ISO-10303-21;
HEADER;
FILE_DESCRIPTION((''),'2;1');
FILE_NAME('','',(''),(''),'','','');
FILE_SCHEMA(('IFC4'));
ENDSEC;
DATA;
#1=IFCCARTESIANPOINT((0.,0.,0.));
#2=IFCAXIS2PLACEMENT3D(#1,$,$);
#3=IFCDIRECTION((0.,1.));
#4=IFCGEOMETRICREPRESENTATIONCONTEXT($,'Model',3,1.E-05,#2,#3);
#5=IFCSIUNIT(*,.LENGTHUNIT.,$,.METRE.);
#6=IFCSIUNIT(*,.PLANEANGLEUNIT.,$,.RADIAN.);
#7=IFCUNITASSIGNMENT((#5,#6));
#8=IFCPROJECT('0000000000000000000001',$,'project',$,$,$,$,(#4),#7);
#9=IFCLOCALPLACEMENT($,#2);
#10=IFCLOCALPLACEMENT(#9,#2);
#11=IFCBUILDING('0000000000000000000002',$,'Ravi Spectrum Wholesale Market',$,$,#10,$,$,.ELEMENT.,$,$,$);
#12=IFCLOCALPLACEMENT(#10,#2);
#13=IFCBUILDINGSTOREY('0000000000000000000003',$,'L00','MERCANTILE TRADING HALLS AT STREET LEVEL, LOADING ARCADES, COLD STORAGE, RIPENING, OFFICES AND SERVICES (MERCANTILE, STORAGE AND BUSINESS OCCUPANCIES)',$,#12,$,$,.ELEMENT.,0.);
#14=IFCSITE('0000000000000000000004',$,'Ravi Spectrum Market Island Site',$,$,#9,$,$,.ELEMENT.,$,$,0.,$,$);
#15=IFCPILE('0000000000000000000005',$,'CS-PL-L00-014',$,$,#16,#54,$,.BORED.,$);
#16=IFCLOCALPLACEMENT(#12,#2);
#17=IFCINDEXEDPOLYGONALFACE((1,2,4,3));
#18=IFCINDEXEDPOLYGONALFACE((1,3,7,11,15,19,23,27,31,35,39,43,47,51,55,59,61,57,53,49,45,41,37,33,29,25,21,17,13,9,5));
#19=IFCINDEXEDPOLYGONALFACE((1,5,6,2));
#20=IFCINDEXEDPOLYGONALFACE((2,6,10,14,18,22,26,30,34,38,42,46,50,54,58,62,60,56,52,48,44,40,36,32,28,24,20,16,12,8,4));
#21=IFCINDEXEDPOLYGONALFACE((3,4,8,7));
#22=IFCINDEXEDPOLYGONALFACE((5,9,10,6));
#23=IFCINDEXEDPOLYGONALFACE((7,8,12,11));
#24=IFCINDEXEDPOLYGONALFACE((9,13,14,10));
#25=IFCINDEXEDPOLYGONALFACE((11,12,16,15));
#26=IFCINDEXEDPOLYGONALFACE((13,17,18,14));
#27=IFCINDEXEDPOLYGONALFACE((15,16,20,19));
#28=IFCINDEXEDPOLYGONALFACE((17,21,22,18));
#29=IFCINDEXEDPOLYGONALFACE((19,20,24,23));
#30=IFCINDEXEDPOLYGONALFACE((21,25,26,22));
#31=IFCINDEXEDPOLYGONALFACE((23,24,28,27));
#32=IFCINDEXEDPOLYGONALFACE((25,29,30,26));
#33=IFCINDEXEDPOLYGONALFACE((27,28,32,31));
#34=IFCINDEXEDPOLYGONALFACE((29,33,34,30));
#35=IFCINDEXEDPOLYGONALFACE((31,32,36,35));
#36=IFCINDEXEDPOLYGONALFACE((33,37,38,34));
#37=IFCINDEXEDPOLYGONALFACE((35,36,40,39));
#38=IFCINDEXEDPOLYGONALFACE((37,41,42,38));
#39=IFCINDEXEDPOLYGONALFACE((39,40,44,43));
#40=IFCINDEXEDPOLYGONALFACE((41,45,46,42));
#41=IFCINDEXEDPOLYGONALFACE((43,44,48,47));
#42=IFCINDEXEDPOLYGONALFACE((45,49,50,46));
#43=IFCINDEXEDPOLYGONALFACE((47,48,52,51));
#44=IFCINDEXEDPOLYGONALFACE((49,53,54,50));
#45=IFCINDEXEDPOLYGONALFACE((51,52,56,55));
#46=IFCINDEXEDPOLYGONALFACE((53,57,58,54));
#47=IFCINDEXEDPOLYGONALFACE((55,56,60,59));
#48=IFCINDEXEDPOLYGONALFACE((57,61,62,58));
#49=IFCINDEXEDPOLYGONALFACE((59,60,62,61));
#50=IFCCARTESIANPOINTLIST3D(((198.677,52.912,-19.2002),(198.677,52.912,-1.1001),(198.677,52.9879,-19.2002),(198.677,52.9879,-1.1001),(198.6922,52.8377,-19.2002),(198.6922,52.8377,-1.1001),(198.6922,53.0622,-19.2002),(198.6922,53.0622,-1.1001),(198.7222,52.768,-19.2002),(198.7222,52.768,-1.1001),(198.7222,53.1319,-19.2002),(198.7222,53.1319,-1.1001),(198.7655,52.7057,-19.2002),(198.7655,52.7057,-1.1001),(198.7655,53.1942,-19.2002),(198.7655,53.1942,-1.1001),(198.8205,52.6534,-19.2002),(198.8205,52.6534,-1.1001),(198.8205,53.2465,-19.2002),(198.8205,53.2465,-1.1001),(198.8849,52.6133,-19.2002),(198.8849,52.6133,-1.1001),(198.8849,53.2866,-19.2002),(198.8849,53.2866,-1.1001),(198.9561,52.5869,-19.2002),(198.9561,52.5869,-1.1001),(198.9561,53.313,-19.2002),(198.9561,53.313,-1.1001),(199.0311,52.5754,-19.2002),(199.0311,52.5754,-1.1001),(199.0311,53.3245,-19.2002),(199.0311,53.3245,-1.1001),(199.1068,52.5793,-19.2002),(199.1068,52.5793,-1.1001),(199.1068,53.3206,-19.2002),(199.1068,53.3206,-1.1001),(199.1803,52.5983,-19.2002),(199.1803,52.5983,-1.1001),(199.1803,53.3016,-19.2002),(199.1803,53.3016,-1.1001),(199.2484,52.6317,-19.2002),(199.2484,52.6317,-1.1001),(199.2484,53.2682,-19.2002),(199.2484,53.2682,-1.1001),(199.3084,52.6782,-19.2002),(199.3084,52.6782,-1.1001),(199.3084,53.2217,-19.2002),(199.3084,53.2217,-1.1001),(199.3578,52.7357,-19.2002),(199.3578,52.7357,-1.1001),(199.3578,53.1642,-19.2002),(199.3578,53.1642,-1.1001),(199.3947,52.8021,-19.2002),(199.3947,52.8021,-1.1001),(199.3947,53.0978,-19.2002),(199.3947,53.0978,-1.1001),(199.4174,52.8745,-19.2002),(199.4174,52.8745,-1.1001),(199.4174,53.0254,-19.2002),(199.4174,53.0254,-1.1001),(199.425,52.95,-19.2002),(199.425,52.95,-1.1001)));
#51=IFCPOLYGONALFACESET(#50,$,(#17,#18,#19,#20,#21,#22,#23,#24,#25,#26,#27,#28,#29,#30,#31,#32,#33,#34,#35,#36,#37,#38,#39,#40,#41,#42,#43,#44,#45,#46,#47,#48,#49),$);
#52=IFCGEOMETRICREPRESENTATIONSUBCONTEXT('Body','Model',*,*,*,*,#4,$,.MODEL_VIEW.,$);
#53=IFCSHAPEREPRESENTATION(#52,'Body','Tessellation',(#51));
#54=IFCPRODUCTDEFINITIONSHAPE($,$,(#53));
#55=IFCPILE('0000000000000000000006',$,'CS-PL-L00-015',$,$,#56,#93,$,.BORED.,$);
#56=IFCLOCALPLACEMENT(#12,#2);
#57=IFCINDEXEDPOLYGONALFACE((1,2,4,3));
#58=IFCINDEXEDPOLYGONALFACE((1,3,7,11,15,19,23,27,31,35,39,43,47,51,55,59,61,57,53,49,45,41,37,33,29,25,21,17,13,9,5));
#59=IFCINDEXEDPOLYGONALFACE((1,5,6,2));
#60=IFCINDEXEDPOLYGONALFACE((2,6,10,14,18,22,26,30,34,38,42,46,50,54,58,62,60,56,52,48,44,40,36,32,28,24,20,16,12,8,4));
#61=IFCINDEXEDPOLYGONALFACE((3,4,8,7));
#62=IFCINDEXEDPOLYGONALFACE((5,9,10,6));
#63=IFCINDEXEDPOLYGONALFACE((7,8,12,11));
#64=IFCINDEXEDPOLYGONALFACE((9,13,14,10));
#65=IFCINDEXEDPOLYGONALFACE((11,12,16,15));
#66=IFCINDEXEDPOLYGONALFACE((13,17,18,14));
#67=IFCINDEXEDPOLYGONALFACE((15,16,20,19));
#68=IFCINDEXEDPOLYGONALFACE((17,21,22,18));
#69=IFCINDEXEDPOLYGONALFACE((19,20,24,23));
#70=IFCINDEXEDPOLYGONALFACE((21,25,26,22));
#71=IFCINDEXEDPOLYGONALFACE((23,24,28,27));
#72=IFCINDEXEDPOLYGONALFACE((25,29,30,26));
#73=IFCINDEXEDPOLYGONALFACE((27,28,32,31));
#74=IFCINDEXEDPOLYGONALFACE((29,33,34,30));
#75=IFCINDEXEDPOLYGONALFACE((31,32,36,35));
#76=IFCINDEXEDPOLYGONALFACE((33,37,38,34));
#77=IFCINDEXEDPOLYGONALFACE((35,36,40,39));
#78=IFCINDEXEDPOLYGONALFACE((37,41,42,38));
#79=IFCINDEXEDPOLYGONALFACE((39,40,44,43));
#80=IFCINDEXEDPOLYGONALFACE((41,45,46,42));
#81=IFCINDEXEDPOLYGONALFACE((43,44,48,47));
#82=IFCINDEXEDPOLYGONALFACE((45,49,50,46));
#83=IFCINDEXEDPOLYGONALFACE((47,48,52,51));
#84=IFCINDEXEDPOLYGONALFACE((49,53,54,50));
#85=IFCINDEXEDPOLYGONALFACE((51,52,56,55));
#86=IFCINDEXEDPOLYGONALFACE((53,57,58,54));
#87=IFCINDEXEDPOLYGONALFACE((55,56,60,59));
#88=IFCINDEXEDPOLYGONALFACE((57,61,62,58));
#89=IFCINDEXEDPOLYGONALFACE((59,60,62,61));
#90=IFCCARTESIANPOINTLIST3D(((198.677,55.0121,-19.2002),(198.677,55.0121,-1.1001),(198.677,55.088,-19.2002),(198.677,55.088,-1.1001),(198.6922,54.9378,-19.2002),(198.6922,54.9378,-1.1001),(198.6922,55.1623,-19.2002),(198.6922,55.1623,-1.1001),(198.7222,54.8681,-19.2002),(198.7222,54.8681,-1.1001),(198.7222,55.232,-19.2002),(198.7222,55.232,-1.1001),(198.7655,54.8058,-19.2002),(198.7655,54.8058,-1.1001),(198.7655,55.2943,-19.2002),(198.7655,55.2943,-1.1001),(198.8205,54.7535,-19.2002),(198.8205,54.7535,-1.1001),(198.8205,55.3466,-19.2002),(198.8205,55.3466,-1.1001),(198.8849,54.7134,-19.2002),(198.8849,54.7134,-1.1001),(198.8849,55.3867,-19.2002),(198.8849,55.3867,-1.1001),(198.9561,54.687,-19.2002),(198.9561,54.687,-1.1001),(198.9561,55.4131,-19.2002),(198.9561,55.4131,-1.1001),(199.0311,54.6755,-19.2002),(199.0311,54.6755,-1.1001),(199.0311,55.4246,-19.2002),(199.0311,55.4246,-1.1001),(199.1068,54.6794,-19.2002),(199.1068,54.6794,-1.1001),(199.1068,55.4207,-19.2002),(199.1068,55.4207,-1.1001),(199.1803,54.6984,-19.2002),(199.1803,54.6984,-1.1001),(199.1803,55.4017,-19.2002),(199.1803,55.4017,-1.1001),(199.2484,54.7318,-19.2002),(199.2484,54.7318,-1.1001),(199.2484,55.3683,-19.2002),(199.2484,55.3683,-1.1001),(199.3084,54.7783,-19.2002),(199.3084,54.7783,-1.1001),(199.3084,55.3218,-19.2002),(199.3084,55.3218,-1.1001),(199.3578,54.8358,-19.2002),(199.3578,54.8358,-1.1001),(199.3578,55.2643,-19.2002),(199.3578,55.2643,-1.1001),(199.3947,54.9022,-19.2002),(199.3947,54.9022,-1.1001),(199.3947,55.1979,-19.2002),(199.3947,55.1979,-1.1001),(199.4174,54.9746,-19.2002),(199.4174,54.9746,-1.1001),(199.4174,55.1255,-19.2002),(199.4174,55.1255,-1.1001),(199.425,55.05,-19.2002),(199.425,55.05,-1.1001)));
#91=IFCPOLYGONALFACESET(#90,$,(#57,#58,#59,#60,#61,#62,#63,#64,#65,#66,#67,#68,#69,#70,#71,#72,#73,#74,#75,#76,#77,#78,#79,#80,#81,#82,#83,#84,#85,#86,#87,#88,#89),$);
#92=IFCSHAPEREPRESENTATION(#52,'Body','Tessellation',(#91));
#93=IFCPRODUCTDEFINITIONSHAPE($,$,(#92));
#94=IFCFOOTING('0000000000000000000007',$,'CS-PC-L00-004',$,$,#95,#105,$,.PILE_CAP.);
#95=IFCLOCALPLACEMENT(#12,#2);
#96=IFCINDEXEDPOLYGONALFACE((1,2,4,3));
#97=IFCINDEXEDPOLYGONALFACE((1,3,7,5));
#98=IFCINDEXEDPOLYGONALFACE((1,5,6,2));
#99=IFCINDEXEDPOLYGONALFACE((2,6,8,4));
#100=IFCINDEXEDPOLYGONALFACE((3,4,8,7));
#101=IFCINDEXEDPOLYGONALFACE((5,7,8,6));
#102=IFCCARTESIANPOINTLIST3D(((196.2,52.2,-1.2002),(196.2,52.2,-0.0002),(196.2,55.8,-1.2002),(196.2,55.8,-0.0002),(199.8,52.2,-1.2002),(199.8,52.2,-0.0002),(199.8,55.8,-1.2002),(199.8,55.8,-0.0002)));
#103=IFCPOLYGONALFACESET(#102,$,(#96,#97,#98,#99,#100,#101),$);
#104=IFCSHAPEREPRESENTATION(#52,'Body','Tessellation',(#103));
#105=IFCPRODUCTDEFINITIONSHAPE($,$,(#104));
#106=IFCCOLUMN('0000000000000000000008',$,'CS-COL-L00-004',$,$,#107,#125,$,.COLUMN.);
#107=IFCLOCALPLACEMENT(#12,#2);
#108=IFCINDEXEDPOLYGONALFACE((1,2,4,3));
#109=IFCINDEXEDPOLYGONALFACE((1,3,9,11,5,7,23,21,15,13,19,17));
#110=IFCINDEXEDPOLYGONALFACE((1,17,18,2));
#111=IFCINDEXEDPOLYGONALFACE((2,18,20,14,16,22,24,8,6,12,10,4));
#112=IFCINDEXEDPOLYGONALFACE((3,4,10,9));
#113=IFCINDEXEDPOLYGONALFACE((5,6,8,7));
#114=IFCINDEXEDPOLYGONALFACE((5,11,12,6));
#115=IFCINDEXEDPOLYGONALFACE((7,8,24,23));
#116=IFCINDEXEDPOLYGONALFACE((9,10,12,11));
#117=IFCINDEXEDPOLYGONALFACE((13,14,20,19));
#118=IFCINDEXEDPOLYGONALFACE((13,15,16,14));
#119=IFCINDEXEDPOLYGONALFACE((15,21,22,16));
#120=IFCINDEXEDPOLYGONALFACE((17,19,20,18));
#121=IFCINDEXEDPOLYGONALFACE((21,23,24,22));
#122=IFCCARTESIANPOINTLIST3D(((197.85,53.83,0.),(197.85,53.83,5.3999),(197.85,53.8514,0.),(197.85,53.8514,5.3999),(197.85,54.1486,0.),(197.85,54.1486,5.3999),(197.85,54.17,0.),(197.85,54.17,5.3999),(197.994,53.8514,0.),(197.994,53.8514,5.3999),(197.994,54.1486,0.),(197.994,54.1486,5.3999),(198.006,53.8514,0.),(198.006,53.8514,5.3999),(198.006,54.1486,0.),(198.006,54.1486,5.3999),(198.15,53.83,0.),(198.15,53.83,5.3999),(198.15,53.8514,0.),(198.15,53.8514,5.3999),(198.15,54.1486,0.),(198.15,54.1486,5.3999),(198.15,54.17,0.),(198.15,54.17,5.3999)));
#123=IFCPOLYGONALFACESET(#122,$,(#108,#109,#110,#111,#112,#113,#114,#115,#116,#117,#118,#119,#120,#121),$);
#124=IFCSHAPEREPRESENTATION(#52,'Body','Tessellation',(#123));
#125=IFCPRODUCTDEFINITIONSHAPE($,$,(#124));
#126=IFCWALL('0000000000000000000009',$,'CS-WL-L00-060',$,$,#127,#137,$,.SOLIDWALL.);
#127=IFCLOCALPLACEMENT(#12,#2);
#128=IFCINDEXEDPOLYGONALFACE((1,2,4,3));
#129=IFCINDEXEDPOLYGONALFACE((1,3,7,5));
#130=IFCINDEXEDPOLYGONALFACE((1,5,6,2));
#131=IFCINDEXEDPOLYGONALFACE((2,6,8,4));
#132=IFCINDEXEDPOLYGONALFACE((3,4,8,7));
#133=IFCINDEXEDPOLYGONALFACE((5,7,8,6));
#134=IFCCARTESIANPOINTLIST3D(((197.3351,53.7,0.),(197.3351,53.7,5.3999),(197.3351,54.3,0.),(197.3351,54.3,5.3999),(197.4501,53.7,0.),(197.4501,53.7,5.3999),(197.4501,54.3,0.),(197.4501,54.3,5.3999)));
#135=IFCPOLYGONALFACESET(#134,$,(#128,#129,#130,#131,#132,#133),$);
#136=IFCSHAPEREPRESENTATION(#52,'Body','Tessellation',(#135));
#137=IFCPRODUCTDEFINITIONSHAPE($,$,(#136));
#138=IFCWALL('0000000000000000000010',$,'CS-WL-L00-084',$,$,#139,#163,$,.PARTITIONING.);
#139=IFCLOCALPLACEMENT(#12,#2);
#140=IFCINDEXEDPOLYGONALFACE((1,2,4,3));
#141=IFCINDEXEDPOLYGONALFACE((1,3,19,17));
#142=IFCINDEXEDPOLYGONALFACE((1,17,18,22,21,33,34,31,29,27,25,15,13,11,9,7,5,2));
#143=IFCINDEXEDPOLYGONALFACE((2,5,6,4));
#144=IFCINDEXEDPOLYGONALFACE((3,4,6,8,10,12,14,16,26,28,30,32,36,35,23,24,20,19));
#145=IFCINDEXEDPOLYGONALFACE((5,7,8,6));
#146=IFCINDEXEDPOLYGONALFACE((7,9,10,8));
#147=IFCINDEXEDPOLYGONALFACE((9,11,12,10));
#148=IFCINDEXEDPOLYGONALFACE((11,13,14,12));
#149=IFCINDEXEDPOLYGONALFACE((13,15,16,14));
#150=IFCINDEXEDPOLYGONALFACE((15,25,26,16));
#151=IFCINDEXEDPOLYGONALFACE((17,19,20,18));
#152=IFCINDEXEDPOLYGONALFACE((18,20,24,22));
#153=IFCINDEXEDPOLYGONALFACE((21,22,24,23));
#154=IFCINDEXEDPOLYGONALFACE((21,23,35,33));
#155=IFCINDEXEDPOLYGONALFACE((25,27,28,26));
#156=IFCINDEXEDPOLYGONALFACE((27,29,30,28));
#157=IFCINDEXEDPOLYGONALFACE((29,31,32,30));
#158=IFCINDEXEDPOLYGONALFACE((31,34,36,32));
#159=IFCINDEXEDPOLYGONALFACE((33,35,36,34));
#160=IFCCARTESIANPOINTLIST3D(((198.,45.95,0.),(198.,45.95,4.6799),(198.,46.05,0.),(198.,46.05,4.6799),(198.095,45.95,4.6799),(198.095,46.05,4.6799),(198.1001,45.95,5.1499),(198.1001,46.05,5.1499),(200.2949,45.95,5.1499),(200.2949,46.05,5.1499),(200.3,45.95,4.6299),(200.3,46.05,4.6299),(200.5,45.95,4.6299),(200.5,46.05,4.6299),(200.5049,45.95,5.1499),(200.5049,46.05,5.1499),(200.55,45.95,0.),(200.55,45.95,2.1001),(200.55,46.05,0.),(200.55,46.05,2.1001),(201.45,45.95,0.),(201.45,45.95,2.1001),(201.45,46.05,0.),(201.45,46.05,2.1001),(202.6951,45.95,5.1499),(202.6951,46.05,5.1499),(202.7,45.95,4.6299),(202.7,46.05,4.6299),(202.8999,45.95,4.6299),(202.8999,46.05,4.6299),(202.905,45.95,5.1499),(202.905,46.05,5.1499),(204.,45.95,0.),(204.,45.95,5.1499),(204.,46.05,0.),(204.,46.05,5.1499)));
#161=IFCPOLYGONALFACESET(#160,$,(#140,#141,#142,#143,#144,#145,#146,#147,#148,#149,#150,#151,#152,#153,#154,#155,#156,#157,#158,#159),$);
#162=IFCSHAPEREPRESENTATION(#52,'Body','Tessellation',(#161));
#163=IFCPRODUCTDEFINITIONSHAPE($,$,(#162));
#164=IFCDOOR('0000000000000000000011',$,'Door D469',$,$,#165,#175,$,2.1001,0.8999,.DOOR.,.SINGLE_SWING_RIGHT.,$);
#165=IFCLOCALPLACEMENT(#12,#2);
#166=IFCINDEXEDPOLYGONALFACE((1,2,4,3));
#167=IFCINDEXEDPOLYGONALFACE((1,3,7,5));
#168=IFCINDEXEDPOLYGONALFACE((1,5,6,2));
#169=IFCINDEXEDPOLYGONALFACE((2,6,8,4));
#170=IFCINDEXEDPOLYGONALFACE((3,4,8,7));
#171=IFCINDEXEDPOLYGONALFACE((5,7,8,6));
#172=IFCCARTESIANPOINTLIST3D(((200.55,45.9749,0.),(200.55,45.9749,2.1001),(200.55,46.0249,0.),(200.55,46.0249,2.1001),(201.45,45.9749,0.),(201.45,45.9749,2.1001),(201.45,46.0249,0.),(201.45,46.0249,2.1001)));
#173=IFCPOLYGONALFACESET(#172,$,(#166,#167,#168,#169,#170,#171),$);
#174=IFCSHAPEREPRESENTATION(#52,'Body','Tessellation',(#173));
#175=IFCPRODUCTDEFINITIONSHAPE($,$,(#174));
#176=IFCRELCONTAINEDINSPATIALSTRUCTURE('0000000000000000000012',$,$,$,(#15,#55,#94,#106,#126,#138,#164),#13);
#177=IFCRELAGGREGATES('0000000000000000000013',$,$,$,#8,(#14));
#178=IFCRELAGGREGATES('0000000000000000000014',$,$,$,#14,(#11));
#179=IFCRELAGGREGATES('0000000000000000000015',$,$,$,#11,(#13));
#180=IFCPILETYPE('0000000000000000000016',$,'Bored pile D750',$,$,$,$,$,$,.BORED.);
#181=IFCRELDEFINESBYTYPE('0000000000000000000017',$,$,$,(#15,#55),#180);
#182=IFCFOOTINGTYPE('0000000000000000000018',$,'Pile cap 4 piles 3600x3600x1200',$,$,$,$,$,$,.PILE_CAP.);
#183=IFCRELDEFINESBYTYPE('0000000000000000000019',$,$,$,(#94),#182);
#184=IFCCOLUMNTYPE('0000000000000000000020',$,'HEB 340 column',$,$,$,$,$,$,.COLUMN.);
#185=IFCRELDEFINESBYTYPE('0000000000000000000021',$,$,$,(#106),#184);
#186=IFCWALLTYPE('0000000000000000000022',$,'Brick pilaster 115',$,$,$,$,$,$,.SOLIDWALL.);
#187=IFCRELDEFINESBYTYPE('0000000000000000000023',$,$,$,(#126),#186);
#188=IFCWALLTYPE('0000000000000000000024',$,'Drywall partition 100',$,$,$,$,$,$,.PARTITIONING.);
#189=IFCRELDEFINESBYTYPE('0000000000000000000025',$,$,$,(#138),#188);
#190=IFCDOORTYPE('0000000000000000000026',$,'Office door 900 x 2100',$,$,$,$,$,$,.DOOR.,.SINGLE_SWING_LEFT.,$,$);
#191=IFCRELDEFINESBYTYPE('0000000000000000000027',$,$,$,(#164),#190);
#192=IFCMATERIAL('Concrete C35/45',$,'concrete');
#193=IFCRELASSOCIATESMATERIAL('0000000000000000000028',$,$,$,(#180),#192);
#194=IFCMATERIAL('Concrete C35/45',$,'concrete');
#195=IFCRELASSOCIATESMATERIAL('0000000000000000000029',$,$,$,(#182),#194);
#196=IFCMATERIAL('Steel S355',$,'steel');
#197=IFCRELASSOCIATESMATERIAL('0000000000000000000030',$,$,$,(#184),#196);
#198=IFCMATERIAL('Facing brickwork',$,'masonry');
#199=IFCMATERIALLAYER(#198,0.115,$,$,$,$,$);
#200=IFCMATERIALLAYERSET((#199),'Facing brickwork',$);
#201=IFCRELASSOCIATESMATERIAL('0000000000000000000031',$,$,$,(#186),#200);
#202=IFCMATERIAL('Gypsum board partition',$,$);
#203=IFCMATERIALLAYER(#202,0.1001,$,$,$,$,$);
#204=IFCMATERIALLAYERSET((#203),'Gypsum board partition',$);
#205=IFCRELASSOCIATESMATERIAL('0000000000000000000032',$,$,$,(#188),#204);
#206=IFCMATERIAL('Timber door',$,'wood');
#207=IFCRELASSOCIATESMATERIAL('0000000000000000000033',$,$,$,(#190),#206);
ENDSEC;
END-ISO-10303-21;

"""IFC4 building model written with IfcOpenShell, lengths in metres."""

from ifc_helpers import new_model, si_unit, direction, frame, frame_2d, origin, origin_2d, place, context, subcontext, project, spatial, polyline, rectangle, circle, i_section, outline, extrude, material, layer, layer_set, material_profile, profile_set, type_object, element, fill, save


model = new_model("IFC4")

# Units and contexts
model_context = context("Model", 3, precision=1e-05, world=origin(), true_north=direction((0.0, 1.0)))
body_context = subcontext(model_context, "Body", "Model", "MODEL_VIEW")
ifc_project = project(units=[si_unit("LENGTHUNIT", "METRE"), si_unit("PLANEANGLEUNIT", "RADIAN")], contexts=[model_context])

# Site, building, storey
site_placement = place(None, origin())
site = spatial("IfcSite", under=ifc_project, at=site_placement, Name="Ravi Spectrum Market Island Site", CompositionType="ELEMENT", RefElevation=0.0)
building_placement = place(site_placement, origin())
building = spatial("IfcBuilding", under=site, at=building_placement, Name="Ravi Spectrum Wholesale Market", CompositionType="ELEMENT")
storey_placement = place(building_placement, origin())
storey = spatial("IfcBuildingStorey", under=building, at=storey_placement, Name="L00", Description="MERCANTILE TRADING HALLS AT STREET LEVEL, LOADING ARCADES, COLD STORAGE, RIPENING, OFFICES AND SERVICES (MERCANTILE, STORAGE AND BUSINESS OCCUPANCIES)", CompositionType="ELEMENT", Elevation=0.0)

# Piles
ifc_material_1 = material(Name="Concrete C35/45", Category="concrete")
ifc_material_profile_1 = material_profile(ifc_material_1, circle(Radius=0.375, at=origin_2d()))
ifc_profile_set_1 = profile_set([ifc_material_profile_1], Name="Concrete C35/45")
pile_type = type_object("IfcPileType", Name="Bored pile D750", PredefinedType="BORED", material=ifc_profile_set_1)
for number, where, z_axis, x_axis, name in (
    (1, (199.05, 52.95, -1.1001), (0.0, 0.0, -1.0), (1.0, 0.0, 0.0), "CS-PL-L00-014"),
    (2, (199.05, 55.05, -1.1001), (0.0, 0.0, -1.0), (1.0, 0.0, 0.0), "CS-PL-L00-015"),
):
    element("IfcPile", number, at=place(storey_placement, frame(where, z_axis=z_axis, x_axis=x_axis)), inside=storey, type_object=pile_type, Name=name, PredefinedType="BORED", context=body_context, shape_type="SweptSolid", body=[
        extrude(circle(Radius=0.375, at=origin_2d()), origin(), (0.0, 0.0, 1.0), 18.1001),
    ])

# Footing
ifc_material_2 = material(Name="Concrete C35/45", Category="concrete")
footing_type = type_object("IfcFootingType", Name="Pile cap 4 piles 3600x3600x1200", PredefinedType="PILE_CAP", material=ifc_material_2)
footing_placement = place(storey_placement, frame((198.0, 54.0, -1.2002), z_axis=(0.0, 0.0, 1.0), x_axis=(1.0, 0.0, 0.0)))
element("IfcFooting", 3, at=footing_placement, inside=storey, type_object=footing_type, Name="CS-PC-L00-004", PredefinedType="PILE_CAP", context=body_context, shape_type="SweptSolid", body=[
    extrude(rectangle(XDim=3.6001, YDim=3.6001, at=origin_2d()), origin(), (0.0, 0.0, 1.0), 1.2),
])

# Column
ifc_material_3 = material(Name="Steel S355", Category="steel")
ifc_material_profile_2 = material_profile(ifc_material_3, i_section(OverallWidth=0.3, OverallDepth=0.3401, WebThickness=0.012, FlangeThickness=0.0215, at=origin_2d()))
ifc_profile_set_2 = profile_set([ifc_material_profile_2], Name="Steel S355")
column_type = type_object("IfcColumnType", Name="HEB 340 column", PredefinedType="COLUMN", material=ifc_profile_set_2)
column_placement = place(storey_placement, frame((198.0, 54.0, 0.0), z_axis=(0.0, 0.0, 1.0), x_axis=(1.0, 0.0, 0.0)))
element("IfcColumn", 4, at=column_placement, inside=storey, type_object=column_type, Name="CS-COL-L00-004", PredefinedType="COLUMN", context=body_context, shape_type="SweptSolid", body=[
    extrude(i_section(OverallWidth=0.3, OverallDepth=0.3401, WebThickness=0.012, FlangeThickness=0.0215, at=origin_2d()), origin(), (0.0, 0.0, 1.0), 5.3999),
])

# Wall
ifc_material_4 = material(Name="Facing brickwork", Category="masonry")
ifc_layer_1 = layer(ifc_material_4, 0.115)
ifc_layer_set_1 = layer_set([ifc_layer_1], Name="Facing brickwork")
wall_type_1 = type_object("IfcWallType", Name="Brick pilaster 115", PredefinedType="SOLIDWALL", material=ifc_layer_set_1)
wall_1_placement = place(storey_placement, frame((197.3926, 54.3, 0.0), z_axis=(0.0, 0.0, 1.0), x_axis=(0.0, -1.0, 0.0)))
element("IfcWall", 5, at=wall_1_placement, inside=storey, type_object=wall_type_1, Name="CS-WL-L00-060", PredefinedType="SOLIDWALL", context=body_context, shape_type="SweptSolid", body=[
    extrude(rectangle(XDim=0.6001, YDim=0.115, at=frame_2d((0.3, 0.0))), origin(), (0.0, 0.0, 1.0), 5.3999),
])

# Wall, opening, door
ifc_material_5 = material(Name="Gypsum board partition")
ifc_layer_2 = layer(ifc_material_5, 0.1001)
ifc_layer_set_2 = layer_set([ifc_layer_2], Name="Gypsum board partition")
wall_type_2 = type_object("IfcWallType", Name="Drywall partition 100", PredefinedType="PARTITIONING", material=ifc_layer_set_2)
wall_2_placement = place(storey_placement, frame((198.0, 46.0, 0.0), z_axis=(0.0, 0.0, 1.0), x_axis=(1.0, 0.0, 0.0)))
wall_2 = element("IfcWall", 6, at=wall_2_placement, inside=storey, type_object=wall_type_2, Name="CS-WL-L00-084", PredefinedType="PARTITIONING", context=body_context, shape_type="SweptSolid", body=[
    extrude(outline(polyline([(0.0, 0.0), (6.0, 0.0), (6.0, 5.1499), (4.905, 5.1499), (4.8999, 4.6299), (4.7, 4.6299), (4.6951, 5.1499), (2.5049, 5.1499), (2.5, 4.6299), (2.3, 4.6299), (2.2949, 5.1499), (0.1001, 5.1499), (0.095, 4.6799), (0.0, 4.6799), (0.0, 0.0)])), frame((0.0, 0.05, 0.0), z_axis=(0.0, -1.0, 0.0), x_axis=(1.0, 0.0, 0.0)), (0.0, 0.0, 1.0), 0.1001),
])
opening_1_placement = place(wall_2_placement, frame((2.55, 0.0, 0.0)))
opening_1 = element("IfcOpeningElement", 7, at=opening_1_placement, cuts=wall_2, PredefinedType="OPENING", context=body_context, shape_type="SweptSolid", body=[
    extrude(rectangle(XDim=0.8999, YDim=2.1001, at=frame_2d((0.45, 1.05))), frame((0.0, 0.0601, 0.0), z_axis=(0.0, -1.0, 0.0), x_axis=(1.0, 0.0, 0.0)), (0.0, 0.0, 1.0), 0.1201),
])
ifc_material_6 = material(Name="Timber door", Category="wood")
door_type_1 = type_object("IfcDoorType", Name="Office door 900 x 2100", OperationType="SINGLE_SWING_LEFT", PredefinedType="DOOR", material=ifc_material_6)
door_1_placement = place(opening_1_placement, origin())
door_1 = element("IfcDoor", 8, at=door_1_placement, inside=storey, type_object=door_type_1, Name="Door D469", OperationType="SINGLE_SWING_RIGHT", OverallHeight=2.1001, OverallWidth=0.8999, PredefinedType="DOOR", context=body_context, shape_type="SweptSolid", body=[
    extrude(rectangle(XDim=0.8999, YDim=2.1001, at=frame_2d((0.45, 1.05))), frame((0.0, 0.0249, 0.0), z_axis=(0.0, -1.0, 0.0), x_axis=(1.0, 0.0, 0.0)), (0.0, 0.0, 1.0), 0.05),
])
fill(opening_1, door_1)

save(model, "model.ifc")
